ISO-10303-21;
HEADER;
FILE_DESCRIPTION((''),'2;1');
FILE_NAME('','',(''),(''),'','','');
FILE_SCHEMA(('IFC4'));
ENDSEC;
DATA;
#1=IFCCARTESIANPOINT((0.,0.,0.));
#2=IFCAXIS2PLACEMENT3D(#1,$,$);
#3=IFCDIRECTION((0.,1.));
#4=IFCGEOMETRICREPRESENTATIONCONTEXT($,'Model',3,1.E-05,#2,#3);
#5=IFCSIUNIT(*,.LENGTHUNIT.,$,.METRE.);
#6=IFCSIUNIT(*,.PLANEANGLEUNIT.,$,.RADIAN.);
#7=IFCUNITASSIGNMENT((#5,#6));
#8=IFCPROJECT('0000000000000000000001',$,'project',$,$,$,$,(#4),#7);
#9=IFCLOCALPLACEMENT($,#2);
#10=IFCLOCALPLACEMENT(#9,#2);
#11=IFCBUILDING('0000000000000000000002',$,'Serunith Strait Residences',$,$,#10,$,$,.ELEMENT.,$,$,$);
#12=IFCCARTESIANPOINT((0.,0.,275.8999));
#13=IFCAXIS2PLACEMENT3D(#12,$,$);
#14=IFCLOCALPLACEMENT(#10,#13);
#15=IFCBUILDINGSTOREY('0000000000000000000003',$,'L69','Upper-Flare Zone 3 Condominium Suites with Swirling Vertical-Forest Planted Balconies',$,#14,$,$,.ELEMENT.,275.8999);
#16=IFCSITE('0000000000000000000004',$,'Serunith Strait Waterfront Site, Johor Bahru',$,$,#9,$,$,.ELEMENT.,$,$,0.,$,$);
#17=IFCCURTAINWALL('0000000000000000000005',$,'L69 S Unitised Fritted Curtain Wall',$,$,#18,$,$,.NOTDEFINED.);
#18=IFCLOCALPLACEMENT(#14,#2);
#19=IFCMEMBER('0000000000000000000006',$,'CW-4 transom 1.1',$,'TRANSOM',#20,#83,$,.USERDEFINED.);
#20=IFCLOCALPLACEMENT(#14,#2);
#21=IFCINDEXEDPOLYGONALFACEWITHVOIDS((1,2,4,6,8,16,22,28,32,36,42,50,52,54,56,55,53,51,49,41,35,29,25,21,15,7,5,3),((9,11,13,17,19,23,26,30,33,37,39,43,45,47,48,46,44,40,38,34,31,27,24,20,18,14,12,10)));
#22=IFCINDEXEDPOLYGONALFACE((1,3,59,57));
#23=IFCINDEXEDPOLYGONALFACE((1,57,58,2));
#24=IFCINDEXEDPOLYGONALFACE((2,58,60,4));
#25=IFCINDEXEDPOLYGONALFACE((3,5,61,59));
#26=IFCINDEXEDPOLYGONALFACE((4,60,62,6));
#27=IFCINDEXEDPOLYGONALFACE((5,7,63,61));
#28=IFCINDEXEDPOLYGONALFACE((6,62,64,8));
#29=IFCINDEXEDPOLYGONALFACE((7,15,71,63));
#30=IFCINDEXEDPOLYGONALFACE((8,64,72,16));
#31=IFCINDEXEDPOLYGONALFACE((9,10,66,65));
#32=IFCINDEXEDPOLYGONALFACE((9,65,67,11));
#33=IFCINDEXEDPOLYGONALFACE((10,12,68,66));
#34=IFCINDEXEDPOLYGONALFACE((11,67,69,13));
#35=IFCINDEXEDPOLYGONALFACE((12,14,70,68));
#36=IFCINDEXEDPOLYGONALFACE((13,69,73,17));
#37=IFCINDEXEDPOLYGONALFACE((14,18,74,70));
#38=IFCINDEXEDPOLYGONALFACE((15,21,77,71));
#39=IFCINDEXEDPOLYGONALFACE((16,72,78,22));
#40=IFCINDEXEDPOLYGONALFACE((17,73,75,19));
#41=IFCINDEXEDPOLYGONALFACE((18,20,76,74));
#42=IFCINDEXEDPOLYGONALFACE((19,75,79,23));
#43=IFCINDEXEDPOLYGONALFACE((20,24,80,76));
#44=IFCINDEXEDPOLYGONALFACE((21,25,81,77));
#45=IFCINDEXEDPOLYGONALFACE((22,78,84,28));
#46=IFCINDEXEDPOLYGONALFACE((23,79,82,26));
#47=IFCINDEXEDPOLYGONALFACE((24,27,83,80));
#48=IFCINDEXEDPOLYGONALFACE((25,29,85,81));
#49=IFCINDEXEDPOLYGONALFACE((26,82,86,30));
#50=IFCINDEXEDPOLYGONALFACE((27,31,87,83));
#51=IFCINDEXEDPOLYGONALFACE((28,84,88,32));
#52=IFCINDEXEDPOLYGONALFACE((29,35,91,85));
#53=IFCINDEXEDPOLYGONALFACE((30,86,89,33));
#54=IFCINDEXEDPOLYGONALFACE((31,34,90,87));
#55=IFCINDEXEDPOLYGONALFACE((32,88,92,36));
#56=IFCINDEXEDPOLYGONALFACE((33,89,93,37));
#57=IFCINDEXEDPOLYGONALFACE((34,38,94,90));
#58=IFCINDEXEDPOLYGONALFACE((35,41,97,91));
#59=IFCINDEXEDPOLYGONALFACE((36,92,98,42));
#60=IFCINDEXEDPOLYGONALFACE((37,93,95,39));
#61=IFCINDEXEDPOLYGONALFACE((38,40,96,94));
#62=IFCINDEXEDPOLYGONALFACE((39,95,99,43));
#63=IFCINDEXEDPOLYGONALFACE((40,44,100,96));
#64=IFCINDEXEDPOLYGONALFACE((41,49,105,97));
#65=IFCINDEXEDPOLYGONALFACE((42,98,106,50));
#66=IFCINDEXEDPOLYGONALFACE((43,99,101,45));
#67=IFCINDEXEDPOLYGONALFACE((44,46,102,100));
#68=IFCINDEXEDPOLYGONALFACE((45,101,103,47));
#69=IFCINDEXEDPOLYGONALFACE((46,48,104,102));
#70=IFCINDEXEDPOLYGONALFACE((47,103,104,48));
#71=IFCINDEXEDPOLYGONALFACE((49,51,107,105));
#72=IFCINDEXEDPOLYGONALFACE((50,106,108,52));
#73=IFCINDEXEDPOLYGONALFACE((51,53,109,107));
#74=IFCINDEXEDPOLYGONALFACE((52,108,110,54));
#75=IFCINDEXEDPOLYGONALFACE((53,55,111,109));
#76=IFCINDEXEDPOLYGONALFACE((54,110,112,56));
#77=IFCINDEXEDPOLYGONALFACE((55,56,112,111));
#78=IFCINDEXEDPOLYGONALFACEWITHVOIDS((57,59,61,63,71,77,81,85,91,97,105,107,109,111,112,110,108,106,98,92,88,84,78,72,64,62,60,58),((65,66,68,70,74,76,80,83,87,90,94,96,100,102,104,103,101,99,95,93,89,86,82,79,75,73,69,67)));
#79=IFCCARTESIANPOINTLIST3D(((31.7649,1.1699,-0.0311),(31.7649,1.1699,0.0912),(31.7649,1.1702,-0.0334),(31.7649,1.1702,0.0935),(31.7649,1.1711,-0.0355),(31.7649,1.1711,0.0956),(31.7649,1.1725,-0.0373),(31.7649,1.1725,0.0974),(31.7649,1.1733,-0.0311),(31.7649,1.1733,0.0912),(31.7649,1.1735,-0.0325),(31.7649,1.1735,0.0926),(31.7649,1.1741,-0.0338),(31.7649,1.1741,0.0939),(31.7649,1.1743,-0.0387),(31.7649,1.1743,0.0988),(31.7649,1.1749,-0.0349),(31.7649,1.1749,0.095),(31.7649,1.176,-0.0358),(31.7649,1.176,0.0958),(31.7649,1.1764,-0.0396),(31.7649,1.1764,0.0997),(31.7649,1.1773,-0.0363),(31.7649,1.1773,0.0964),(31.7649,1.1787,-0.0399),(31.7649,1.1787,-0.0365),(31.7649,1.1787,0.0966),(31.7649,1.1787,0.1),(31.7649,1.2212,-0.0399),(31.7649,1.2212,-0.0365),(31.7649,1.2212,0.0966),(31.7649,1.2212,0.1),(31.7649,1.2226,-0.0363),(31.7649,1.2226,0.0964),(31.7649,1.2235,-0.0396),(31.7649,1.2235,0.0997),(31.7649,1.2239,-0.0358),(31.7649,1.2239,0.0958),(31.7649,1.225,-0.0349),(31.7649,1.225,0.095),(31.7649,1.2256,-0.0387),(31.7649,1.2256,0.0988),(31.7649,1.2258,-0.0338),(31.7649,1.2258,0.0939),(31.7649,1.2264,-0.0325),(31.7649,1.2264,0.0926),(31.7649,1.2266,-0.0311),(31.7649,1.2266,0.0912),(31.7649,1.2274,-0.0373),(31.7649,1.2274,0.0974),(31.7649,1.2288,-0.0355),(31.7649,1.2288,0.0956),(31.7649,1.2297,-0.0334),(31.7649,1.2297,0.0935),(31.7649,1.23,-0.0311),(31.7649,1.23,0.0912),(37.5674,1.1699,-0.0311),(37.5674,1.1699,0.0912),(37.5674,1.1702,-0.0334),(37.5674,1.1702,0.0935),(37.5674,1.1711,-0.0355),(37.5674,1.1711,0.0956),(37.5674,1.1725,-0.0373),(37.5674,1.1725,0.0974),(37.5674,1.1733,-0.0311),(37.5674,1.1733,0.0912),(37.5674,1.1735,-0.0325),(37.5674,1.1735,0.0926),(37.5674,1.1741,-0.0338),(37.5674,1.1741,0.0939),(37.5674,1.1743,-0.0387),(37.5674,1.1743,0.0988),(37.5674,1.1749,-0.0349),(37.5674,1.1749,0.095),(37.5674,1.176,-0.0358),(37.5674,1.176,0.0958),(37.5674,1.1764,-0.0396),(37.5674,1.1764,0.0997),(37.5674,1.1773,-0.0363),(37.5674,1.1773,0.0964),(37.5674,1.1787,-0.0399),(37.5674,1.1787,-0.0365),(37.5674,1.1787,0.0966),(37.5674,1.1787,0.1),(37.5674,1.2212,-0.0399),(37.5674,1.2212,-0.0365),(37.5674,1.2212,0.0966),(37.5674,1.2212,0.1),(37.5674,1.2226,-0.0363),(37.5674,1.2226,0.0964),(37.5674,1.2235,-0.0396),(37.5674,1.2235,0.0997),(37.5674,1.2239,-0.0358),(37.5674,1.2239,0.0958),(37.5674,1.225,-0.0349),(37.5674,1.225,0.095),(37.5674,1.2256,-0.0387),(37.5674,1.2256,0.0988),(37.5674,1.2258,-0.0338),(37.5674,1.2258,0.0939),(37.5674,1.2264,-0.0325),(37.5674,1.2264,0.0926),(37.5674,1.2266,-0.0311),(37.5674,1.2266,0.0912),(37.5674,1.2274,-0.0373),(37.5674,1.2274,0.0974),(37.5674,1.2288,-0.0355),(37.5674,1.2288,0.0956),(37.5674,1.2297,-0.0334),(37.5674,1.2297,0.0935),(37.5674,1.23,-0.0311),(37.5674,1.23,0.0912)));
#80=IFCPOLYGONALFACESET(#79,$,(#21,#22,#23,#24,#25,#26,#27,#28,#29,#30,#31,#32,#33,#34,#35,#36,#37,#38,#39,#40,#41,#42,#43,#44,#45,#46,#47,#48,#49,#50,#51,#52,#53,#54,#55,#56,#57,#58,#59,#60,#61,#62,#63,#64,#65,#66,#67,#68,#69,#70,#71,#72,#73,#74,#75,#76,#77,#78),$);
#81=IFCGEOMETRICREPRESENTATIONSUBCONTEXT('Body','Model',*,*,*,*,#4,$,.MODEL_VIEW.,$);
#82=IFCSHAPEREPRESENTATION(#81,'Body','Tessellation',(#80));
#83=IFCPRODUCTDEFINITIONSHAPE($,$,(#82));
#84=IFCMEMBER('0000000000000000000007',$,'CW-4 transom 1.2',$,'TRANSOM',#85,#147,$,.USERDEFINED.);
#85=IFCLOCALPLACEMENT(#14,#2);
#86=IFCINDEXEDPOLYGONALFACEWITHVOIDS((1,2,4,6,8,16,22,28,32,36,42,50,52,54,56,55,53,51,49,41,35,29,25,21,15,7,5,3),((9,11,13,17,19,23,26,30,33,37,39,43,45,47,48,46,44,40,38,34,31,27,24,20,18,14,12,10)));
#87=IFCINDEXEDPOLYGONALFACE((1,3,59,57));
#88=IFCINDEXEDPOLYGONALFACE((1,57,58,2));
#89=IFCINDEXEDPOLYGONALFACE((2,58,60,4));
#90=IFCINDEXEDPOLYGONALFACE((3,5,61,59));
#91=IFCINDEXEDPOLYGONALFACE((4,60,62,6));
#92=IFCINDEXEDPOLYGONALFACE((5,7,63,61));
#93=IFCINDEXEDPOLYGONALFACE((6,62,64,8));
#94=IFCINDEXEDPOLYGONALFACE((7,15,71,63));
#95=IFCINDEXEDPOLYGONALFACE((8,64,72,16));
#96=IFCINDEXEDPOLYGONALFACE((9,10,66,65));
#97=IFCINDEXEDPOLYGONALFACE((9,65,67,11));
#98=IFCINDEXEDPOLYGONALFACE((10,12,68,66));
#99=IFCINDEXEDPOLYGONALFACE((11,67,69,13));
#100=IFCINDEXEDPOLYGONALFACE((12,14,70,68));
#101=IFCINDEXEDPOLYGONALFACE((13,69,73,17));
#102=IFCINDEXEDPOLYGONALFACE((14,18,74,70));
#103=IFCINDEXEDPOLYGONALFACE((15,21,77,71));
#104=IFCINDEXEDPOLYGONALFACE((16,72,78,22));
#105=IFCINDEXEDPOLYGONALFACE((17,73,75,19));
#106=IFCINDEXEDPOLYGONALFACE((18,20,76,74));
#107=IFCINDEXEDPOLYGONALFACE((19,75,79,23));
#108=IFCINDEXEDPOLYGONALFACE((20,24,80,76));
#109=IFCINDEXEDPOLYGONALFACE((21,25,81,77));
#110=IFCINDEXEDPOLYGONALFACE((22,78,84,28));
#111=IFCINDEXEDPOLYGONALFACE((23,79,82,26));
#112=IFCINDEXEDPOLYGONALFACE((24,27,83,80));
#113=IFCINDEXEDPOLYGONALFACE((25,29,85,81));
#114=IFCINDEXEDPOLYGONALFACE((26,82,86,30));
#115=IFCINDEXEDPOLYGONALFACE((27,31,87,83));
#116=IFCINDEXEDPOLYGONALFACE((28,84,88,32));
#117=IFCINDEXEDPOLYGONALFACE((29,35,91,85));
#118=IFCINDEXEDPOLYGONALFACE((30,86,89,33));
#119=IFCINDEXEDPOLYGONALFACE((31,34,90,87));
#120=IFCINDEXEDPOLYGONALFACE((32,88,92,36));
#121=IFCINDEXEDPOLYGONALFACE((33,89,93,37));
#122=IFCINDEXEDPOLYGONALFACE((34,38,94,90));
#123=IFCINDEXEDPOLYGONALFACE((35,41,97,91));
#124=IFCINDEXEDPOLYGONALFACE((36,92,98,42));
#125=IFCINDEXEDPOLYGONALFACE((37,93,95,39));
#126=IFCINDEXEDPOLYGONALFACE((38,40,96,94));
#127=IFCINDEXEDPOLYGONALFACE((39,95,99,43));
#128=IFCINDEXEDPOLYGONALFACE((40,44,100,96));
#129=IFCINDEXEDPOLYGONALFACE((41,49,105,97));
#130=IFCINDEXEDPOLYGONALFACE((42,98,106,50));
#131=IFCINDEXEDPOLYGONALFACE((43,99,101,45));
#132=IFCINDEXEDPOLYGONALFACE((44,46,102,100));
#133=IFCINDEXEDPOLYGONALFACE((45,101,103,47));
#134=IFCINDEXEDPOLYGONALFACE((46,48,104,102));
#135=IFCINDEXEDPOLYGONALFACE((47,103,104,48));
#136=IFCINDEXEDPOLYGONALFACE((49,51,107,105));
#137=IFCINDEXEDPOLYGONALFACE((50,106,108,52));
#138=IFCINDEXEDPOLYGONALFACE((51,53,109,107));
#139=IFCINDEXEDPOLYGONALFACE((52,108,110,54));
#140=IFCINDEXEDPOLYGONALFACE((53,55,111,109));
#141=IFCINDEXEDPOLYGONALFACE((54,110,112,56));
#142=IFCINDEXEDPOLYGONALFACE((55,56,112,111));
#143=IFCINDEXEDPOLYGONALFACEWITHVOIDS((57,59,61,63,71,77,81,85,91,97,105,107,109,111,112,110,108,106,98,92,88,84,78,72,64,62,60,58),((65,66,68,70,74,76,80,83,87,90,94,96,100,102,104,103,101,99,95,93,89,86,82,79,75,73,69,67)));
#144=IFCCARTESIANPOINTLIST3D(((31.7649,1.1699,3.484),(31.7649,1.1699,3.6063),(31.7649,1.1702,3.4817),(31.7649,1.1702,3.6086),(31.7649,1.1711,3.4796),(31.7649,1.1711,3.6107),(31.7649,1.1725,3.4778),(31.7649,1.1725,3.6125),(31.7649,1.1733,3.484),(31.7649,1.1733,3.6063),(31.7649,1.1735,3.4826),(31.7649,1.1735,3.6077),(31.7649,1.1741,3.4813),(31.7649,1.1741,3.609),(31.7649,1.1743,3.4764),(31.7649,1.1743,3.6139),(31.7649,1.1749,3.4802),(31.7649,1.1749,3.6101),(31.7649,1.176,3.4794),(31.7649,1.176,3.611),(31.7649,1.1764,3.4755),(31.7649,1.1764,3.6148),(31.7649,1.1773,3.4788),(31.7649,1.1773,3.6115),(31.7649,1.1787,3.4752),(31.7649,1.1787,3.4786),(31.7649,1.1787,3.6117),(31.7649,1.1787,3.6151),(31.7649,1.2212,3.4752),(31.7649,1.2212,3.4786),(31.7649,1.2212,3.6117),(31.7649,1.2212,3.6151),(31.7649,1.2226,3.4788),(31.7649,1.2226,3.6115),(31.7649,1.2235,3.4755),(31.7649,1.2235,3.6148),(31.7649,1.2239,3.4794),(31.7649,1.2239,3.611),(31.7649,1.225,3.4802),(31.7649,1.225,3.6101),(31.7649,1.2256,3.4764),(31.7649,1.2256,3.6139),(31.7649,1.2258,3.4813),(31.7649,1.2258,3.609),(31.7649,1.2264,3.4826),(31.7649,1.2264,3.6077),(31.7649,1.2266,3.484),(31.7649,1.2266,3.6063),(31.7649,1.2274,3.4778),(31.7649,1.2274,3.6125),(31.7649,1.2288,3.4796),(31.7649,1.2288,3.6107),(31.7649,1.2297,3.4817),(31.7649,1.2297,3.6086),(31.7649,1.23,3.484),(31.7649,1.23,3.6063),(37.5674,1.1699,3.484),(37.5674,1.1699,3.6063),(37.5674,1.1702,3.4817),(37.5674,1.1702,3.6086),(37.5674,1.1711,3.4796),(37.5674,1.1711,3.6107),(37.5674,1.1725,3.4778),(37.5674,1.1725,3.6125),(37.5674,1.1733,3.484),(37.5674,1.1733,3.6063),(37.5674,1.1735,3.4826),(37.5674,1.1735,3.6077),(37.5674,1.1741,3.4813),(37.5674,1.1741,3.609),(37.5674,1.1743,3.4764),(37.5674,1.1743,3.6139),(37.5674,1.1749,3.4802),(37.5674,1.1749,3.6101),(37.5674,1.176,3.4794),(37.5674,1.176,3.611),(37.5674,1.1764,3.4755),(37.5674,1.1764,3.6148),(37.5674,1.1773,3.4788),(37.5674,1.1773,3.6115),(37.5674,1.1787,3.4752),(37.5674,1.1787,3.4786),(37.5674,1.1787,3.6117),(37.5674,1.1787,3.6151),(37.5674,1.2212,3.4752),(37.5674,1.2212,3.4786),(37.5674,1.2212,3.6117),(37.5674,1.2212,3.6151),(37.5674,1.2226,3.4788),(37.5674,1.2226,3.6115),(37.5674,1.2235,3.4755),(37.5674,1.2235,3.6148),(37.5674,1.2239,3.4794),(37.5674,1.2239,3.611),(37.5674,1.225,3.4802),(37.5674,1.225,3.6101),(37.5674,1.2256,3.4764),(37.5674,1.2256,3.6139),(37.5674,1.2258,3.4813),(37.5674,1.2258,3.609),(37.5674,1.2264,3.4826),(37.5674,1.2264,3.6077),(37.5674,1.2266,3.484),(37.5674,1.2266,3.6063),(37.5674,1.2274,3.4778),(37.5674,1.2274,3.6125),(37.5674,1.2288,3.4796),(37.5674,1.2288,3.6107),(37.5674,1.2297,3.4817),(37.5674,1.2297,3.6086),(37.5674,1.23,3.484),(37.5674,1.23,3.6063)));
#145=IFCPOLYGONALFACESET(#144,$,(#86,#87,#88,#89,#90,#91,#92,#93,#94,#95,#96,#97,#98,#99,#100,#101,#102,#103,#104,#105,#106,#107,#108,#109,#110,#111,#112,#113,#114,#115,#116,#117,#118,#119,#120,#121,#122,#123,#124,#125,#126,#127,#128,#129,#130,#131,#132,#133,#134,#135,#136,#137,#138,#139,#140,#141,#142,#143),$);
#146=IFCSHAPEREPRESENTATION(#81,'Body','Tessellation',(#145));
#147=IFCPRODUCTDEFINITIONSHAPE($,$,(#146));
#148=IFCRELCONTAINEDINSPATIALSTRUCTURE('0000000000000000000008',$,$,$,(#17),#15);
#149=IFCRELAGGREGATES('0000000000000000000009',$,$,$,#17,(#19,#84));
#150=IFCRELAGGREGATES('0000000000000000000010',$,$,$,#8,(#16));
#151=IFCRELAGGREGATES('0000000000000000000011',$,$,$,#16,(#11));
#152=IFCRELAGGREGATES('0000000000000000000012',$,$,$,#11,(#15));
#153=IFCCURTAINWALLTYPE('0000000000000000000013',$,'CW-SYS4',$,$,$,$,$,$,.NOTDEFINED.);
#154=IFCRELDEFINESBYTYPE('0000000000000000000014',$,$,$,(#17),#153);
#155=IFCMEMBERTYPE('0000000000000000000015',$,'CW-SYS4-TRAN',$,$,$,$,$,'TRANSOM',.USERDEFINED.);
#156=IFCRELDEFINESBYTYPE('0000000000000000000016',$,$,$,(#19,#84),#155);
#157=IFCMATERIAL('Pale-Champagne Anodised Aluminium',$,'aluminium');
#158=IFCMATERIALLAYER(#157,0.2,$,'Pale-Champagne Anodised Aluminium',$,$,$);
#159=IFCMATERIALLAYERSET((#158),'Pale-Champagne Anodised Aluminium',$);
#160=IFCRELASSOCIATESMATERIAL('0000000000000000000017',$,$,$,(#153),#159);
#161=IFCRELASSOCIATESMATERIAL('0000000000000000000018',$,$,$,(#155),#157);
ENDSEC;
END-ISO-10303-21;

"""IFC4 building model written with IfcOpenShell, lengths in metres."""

from ifc_helpers import new_model, si_unit, direction, frame, origin, origin_2d, place, context, subcontext, project, spatial, hollow_rectangle, extrude, source, transform, mapped, material, layer, layer_set, material_profile, profile_set, type_object, element, aggregate, save


model = new_model("IFC4")

# Units and contexts
model_context = context("Model", 3, precision=1e-05, world=origin(), true_north=direction((0.0, 1.0)))
body_context = subcontext(model_context, "Body", "Model", "MODEL_VIEW")
ifc_project = project(units=[si_unit("LENGTHUNIT", "METRE"), si_unit("PLANEANGLEUNIT", "RADIAN")], contexts=[model_context])

# Site, building, storey
site_placement = place(None, origin())
site = spatial("IfcSite", under=ifc_project, at=site_placement, Name="Serunith Strait Waterfront Site, Johor Bahru", CompositionType="ELEMENT", RefElevation=0.0)
building_placement = place(site_placement, origin())
building = spatial("IfcBuilding", under=site, at=building_placement, Name="Serunith Strait Residences", CompositionType="ELEMENT")
storey_placement = place(building_placement, frame((0.0, 0.0, 275.8999)))
storey = spatial("IfcBuildingStorey", under=building, at=storey_placement, Name="L69", Description="Upper-Flare Zone 3 Condominium Suites with Swirling Vertical-Forest Planted Balconies", CompositionType="ELEMENT", Elevation=275.8999)

# Curtain wall, members
ifc_material_1 = material(Name="Pale-Champagne Anodised Aluminium", Category="aluminium")
ifc_layer_1 = layer(ifc_material_1, 0.2, Name="Pale-Champagne Anodised Aluminium")
ifc_layer_set_1 = layer_set([ifc_layer_1], Name="Pale-Champagne Anodised Aluminium")
curtain_wall_type = type_object("IfcCurtainWallType", Name="CW-SYS4", PredefinedType="NOTDEFINED", material=ifc_layer_set_1)
curtain_wall_placement = place(storey_placement, origin())
curtain_wall = element("IfcCurtainWall", 1, at=curtain_wall_placement, inside=storey, type_object=curtain_wall_type, Name="L69 S Unitised Fritted Curtain Wall", PredefinedType="NOTDEFINED")
ifc_material_profile_1 = material_profile(ifc_material_1, hollow_rectangle(XDim=0.0601, YDim=0.1399, WallThickness=0.0034, InnerFilletRadius=0.0054, OuterFilletRadius=0.0088, at=origin_2d()), Name="ALU 140x60x3.5")
ifc_profile_set_1 = profile_set([ifc_material_profile_1], Name="Pale-Champagne Anodised Aluminium")
member_type_1 = type_object("IfcMemberType", Name="CW-SYS4-TRAN", ElementType="TRANSOM", PredefinedType="USERDEFINED", material=ifc_profile_set_1)
shared_shape_1 = source(origin(), body_context, "Body", "SweptSolid", [
    extrude(hollow_rectangle(XDim=0.0601, YDim=0.1399, WallThickness=0.0034, InnerFilletRadius=0.0054, OuterFilletRadius=0.0088, at=origin_2d()), origin(), (0.0, 0.0, 1.0), 5.8025),
])
member_1_placement = place(storey_placement, frame((31.7649, 1.2, 0.03), z_axis=(1.0, 0.0, 0.0), x_axis=(0.0, 1.0, 0.0)))
member_1 = element("IfcMember", 2, at=member_1_placement, type_object=member_type_1, Name="CW-4 transom 1.1", ObjectType="TRANSOM", PredefinedType="USERDEFINED", context=body_context, shape_type="MappedRepresentation", body=[
    mapped(shared_shape_1, transform((0.0, 0.0, 0.0), scale=1.0)),
])
member_2_placement = place(storey_placement, frame((31.7649, 1.2, 3.5452), z_axis=(1.0, 0.0, 0.0), x_axis=(0.0, 1.0, 0.0)))
member_2 = element("IfcMember", 3, at=member_2_placement, type_object=member_type_1, Name="CW-4 transom 1.2", ObjectType="TRANSOM", PredefinedType="USERDEFINED", context=body_context, shape_type="MappedRepresentation", body=[
    mapped(shared_shape_1, transform((0.0, 0.0, 0.0), scale=1.0)),
])
aggregate(curtain_wall, [member_1, member_2])

save(model, "model.ifc")
